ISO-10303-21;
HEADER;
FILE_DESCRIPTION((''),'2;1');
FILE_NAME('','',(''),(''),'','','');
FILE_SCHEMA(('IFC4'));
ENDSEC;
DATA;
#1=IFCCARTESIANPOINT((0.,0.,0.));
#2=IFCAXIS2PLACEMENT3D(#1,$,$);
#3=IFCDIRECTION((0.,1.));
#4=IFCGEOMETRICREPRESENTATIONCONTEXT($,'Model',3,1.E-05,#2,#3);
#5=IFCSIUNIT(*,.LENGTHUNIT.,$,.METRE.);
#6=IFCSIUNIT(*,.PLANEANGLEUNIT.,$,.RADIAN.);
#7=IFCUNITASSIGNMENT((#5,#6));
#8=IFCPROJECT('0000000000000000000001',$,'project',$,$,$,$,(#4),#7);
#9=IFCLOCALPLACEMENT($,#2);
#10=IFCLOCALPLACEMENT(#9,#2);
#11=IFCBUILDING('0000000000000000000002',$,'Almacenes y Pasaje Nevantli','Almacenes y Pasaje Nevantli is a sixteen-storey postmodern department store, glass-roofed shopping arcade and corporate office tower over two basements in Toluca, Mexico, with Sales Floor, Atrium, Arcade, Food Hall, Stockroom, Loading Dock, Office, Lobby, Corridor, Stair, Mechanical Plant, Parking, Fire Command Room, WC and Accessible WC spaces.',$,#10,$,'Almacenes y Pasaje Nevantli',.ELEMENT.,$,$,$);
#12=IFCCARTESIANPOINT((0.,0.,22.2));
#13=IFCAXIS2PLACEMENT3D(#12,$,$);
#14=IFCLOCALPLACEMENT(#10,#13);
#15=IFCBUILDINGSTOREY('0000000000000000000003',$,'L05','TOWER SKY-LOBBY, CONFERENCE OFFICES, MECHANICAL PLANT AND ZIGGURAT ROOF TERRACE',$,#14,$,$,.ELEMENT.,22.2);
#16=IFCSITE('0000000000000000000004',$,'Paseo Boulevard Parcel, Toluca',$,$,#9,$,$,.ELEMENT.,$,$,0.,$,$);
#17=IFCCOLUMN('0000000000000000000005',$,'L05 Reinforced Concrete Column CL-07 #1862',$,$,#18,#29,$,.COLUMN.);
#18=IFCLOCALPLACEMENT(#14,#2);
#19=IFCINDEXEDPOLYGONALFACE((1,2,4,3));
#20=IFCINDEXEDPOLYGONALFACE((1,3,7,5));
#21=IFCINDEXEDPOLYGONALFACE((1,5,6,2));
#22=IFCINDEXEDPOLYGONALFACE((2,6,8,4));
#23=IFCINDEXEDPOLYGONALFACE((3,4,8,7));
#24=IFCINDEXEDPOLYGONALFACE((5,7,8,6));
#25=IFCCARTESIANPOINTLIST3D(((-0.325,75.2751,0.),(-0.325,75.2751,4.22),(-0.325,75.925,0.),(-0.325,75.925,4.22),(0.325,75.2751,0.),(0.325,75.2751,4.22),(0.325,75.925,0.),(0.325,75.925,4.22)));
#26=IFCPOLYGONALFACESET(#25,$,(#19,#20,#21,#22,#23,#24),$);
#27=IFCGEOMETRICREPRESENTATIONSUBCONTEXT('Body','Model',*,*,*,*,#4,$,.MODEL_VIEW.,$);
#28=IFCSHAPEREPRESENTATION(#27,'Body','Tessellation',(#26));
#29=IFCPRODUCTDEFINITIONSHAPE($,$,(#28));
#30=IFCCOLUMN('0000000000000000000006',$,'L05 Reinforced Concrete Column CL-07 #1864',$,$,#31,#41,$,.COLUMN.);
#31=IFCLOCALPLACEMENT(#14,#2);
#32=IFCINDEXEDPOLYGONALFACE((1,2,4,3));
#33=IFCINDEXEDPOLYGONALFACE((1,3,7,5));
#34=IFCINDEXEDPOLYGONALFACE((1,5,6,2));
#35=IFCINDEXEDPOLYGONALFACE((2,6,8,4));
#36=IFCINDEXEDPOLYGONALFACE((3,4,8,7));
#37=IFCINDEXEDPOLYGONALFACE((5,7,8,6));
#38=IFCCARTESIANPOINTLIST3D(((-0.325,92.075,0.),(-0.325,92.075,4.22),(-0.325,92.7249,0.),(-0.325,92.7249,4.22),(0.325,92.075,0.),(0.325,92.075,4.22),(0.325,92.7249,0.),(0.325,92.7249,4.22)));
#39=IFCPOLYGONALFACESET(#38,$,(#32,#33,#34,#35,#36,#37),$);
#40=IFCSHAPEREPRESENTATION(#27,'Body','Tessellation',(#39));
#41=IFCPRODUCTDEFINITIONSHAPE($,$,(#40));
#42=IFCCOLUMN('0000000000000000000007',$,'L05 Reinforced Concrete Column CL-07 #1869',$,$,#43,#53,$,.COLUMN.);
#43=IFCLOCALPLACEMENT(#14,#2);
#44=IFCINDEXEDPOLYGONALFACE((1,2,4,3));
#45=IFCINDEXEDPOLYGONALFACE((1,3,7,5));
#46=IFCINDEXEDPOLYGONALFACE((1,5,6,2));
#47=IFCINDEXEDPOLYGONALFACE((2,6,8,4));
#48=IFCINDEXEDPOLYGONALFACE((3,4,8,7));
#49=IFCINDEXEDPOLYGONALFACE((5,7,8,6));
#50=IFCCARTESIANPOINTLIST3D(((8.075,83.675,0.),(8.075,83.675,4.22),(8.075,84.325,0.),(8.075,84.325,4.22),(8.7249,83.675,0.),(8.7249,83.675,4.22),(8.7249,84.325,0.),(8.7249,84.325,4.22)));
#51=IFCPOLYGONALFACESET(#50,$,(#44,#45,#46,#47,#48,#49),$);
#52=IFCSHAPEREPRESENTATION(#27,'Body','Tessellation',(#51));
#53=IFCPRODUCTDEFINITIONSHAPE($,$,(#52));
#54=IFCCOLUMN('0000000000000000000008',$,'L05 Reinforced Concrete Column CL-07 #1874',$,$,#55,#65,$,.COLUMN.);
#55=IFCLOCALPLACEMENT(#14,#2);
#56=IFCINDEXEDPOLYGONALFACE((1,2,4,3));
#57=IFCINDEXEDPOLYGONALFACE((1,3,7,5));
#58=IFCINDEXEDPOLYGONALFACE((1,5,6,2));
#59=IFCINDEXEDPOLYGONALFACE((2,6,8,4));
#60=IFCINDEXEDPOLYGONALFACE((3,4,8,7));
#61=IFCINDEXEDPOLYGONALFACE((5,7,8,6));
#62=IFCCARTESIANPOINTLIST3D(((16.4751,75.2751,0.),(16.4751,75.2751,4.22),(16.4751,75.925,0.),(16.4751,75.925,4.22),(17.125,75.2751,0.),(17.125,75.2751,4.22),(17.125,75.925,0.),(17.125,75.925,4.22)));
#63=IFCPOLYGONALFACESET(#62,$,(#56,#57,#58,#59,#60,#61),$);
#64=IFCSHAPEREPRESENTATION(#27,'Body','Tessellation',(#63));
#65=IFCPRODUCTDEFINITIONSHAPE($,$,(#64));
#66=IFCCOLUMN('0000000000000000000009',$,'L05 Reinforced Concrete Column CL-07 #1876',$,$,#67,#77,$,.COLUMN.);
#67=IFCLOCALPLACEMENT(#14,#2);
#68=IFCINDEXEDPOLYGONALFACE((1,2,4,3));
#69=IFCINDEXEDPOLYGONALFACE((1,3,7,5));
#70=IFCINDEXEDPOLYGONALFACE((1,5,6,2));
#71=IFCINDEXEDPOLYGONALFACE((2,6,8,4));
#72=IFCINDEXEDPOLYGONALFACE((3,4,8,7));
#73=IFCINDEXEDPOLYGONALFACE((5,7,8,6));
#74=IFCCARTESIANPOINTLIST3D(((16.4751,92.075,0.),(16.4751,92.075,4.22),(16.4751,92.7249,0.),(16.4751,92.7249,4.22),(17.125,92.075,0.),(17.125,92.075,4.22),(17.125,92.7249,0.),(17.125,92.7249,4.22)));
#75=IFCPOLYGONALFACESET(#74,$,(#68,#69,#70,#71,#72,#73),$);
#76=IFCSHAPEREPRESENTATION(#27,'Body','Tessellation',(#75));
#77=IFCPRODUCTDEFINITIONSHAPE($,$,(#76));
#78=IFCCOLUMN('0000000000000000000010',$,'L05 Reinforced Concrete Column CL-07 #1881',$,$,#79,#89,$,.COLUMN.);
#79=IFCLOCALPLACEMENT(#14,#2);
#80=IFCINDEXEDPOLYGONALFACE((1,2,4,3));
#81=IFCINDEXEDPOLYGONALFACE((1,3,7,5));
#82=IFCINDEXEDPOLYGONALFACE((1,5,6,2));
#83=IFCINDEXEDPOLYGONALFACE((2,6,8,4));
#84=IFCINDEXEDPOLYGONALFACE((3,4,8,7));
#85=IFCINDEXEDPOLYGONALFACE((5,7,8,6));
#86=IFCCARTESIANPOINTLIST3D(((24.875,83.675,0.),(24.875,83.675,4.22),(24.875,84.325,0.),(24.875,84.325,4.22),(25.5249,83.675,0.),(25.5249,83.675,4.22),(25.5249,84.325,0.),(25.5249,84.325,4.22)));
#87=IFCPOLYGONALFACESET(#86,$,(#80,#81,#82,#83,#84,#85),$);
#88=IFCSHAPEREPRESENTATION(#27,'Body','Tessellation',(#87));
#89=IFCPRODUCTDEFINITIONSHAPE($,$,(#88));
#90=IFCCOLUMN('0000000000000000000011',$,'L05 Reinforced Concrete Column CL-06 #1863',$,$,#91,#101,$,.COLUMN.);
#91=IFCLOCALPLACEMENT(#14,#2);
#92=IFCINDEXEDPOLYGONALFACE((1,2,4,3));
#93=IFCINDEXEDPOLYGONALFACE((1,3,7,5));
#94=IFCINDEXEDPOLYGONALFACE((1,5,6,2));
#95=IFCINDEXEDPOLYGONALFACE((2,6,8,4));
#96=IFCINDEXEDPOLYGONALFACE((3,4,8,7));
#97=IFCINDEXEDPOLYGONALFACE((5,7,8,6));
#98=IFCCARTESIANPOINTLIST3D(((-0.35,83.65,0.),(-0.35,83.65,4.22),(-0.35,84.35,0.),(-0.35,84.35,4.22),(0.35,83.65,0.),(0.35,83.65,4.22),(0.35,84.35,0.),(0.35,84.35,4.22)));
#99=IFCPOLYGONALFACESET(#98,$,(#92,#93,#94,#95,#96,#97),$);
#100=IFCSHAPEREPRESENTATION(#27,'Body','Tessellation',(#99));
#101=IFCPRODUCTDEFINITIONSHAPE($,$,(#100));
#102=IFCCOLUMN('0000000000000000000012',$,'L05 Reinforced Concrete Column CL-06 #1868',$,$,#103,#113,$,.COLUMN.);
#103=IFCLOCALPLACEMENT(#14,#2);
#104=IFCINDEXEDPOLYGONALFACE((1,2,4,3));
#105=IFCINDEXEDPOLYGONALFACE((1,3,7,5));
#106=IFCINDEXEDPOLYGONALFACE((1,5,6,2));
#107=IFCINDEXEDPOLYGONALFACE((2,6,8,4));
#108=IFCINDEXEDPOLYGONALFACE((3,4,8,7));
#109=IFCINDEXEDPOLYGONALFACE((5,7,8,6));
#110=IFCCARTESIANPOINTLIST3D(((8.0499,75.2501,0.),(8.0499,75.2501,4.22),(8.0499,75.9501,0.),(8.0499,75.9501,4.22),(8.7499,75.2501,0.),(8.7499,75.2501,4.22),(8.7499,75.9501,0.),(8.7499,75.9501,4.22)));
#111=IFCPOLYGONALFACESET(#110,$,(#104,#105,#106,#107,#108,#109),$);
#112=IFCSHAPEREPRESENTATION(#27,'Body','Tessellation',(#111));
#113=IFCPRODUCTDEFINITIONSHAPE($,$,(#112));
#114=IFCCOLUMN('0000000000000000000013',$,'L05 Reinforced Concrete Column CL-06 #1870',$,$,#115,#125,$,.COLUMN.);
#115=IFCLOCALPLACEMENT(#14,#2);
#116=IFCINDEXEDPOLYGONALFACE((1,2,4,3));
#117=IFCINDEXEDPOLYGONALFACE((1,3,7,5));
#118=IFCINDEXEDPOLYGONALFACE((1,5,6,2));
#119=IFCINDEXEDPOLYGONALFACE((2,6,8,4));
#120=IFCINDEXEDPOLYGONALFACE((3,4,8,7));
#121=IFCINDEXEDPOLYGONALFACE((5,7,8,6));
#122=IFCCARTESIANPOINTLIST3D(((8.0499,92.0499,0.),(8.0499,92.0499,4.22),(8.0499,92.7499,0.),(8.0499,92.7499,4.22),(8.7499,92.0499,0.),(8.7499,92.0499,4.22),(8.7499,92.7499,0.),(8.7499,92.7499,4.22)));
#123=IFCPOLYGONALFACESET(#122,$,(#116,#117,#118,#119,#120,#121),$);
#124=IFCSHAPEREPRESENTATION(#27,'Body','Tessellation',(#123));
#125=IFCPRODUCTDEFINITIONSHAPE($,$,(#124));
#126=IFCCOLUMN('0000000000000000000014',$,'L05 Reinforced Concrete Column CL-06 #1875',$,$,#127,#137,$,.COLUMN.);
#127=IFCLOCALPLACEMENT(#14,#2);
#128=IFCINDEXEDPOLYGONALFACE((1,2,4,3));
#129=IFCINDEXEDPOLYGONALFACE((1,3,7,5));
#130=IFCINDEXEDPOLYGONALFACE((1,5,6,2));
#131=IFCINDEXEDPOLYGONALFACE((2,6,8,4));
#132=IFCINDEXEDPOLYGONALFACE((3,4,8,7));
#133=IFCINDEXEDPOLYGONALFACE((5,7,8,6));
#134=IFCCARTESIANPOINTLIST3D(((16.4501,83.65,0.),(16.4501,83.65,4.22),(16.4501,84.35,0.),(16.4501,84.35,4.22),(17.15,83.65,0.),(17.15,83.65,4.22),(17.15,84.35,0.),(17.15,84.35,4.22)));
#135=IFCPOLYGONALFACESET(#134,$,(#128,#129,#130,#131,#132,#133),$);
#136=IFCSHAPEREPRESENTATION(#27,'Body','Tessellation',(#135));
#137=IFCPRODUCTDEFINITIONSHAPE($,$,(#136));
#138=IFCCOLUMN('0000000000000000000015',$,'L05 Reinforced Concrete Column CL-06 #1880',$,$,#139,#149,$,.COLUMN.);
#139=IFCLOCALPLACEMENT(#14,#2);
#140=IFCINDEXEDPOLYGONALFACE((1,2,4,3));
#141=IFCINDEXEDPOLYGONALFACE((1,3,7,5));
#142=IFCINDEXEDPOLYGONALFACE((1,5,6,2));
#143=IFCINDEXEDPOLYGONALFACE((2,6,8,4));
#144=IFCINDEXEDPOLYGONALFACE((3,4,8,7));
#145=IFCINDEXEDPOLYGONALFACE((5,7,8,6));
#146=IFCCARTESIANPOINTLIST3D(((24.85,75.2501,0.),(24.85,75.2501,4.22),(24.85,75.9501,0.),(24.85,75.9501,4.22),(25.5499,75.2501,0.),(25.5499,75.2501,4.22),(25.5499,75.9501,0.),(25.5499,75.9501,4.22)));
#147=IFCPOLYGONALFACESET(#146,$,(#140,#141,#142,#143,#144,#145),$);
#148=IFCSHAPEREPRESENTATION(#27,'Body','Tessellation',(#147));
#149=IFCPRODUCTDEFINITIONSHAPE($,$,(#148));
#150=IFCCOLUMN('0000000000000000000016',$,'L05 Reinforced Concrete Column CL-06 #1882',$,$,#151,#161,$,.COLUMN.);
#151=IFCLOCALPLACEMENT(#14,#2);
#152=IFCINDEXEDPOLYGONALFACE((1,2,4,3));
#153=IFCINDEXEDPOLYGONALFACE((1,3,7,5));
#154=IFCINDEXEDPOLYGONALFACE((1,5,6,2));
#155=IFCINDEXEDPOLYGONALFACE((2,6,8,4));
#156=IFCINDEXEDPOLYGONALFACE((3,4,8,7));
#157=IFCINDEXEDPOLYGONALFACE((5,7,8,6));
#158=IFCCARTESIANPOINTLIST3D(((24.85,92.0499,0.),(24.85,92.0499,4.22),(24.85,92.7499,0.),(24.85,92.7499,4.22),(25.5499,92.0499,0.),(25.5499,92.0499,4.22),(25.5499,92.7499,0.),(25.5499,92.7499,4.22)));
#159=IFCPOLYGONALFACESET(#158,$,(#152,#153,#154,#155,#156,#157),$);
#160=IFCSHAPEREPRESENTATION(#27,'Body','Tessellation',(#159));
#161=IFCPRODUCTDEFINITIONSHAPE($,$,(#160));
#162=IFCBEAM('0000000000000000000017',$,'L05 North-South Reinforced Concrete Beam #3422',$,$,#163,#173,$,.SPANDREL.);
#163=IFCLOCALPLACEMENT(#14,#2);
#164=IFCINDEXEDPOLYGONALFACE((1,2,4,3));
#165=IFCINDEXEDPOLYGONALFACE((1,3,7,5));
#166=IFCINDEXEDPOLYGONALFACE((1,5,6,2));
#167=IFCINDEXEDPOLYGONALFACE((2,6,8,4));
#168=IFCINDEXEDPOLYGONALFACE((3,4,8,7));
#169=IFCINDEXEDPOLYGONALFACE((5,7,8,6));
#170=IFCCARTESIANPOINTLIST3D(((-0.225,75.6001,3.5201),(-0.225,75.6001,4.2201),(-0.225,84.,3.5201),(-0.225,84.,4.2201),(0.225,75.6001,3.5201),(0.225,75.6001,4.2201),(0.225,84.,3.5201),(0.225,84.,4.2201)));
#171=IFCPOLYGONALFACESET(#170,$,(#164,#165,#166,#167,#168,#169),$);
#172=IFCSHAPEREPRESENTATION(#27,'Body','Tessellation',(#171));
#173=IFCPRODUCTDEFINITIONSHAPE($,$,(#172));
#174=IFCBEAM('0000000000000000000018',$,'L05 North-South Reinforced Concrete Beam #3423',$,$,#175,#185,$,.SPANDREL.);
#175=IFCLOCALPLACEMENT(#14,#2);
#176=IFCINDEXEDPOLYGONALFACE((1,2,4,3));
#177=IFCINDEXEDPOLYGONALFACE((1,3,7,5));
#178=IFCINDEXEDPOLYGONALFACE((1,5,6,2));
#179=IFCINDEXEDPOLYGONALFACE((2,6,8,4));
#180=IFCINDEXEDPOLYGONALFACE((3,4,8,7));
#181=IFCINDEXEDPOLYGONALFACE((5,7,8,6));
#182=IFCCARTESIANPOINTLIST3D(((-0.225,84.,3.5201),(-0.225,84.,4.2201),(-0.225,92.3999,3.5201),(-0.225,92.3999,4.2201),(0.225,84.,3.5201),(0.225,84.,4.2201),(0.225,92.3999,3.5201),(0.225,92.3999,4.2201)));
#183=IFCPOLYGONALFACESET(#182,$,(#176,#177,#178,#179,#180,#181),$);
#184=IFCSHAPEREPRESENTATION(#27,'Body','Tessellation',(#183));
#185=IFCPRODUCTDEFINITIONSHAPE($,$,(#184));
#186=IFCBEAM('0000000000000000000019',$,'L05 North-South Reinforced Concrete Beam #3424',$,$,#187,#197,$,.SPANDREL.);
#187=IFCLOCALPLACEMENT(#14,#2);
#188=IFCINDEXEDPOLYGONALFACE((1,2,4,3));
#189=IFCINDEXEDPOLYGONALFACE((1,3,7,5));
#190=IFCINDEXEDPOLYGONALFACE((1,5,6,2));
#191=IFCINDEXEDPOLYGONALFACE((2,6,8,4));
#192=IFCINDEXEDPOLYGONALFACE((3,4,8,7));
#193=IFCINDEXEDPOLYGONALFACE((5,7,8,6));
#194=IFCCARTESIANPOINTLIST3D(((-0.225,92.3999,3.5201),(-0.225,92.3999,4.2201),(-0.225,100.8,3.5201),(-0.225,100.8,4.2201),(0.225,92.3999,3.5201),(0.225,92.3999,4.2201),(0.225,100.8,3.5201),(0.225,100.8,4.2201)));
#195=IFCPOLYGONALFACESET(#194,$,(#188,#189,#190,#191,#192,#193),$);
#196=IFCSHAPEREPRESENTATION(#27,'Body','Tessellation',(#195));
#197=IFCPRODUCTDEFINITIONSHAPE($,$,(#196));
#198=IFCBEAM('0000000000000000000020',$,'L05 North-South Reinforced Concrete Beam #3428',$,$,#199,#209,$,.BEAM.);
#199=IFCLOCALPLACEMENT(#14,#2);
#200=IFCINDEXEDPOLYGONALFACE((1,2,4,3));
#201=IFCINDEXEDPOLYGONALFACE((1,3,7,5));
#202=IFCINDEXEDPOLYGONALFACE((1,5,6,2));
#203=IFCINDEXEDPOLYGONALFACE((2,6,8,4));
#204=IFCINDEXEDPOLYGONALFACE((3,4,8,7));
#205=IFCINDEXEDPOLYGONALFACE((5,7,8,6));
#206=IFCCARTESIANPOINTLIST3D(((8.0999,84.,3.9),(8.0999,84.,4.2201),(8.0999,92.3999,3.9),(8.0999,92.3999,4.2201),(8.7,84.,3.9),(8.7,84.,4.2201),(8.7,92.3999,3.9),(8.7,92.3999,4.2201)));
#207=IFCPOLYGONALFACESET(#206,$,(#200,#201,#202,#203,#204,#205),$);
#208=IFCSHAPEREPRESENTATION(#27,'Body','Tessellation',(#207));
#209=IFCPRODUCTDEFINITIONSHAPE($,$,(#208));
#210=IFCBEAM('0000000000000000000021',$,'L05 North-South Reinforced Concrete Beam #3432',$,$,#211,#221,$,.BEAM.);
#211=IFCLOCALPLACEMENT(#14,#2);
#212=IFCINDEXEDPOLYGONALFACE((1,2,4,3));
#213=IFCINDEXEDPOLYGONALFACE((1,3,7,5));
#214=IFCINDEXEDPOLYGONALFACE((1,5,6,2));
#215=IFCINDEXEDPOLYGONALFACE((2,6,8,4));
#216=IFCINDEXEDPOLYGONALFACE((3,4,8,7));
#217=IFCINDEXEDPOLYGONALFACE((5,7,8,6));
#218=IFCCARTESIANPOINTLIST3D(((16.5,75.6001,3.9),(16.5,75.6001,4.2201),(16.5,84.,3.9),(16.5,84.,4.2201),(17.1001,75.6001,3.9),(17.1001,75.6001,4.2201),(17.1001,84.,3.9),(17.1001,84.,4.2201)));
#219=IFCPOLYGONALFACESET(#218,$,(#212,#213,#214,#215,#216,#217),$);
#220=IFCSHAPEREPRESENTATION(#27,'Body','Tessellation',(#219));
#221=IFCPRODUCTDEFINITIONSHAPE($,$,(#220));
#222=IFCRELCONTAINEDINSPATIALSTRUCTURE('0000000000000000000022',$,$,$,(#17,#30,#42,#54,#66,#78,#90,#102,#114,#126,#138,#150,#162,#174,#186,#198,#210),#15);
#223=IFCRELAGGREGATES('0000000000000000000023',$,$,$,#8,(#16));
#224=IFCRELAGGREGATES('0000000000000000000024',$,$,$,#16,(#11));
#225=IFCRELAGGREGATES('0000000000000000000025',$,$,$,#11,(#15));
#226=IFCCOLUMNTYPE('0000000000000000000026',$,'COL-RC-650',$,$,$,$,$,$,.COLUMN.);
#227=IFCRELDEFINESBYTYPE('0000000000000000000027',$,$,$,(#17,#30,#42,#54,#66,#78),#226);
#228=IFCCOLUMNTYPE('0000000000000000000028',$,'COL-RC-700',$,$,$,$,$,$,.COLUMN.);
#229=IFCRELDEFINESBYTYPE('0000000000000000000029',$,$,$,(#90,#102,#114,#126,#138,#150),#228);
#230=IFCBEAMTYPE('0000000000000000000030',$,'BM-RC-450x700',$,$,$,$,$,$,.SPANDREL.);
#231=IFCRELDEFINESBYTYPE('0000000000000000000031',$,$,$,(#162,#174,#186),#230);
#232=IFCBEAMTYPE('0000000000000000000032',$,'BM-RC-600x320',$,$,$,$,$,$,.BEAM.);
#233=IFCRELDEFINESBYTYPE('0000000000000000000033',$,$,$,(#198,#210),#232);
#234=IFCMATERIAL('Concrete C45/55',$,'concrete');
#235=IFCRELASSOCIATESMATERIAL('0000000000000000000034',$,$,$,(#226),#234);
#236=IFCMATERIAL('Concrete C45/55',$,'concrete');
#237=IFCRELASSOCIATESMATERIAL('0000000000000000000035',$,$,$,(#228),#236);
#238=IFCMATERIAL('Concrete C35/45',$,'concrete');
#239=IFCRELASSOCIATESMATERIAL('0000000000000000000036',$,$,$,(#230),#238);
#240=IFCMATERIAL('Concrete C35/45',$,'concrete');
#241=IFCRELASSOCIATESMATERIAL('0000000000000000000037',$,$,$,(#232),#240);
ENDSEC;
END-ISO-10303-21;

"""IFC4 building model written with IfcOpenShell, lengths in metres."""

from ifc_helpers import new_model, si_unit, direction, frame, origin, origin_2d, place, context, subcontext, project, spatial, rectangle, extrude, material, material_profile, profile_set, type_object, element, save


model = new_model("IFC4")

# Units and contexts
model_context = context("Model", 3, precision=1e-05, world=origin(), true_north=direction((0.0, 1.0)))
body_context = subcontext(model_context, "Body", "Model", "MODEL_VIEW")
ifc_project = project(units=[si_unit("LENGTHUNIT", "METRE"), si_unit("PLANEANGLEUNIT", "RADIAN")], contexts=[model_context])

# Site, building, storey
site_placement = place(None, origin())
site = spatial("IfcSite", under=ifc_project, at=site_placement, Name="Paseo Boulevard Parcel, Toluca", CompositionType="ELEMENT", RefElevation=0.0)
building_placement = place(site_placement, origin())
building = spatial("IfcBuilding", under=site, at=building_placement, Name="Almacenes y Pasaje Nevantli", Description="Almacenes y Pasaje Nevantli is a sixteen-storey postmodern department store, glass-roofed shopping arcade and corporate office tower over two basements in Toluca, Mexico, with Sales Floor, Atrium, Arcade, Food Hall, Stockroom, Loading Dock, Office, Lobby, Corridor, Stair, Mechanical Plant, Parking, Fire Command Room, WC and Accessible WC spaces.", LongName="Almacenes y Pasaje Nevantli", CompositionType="ELEMENT")
storey_placement = place(building_placement, frame((0.0, 0.0, 22.2)))
storey = spatial("IfcBuildingStorey", under=building, at=storey_placement, Name="L05", Description="TOWER SKY-LOBBY, CONFERENCE OFFICES, MECHANICAL PLANT AND ZIGGURAT ROOF TERRACE", CompositionType="ELEMENT", Elevation=22.2)

# Columns
ifc_material_1 = material(Name="Concrete C45/55", Category="concrete")
ifc_material_profile_1 = material_profile(ifc_material_1, rectangle(XDim=0.6499, YDim=0.6499, at=origin_2d()), Name="RC-COL-650x650")
ifc_profile_set_1 = profile_set([ifc_material_profile_1], Name="Concrete C45/55")
column_type_1 = type_object("IfcColumnType", Name="COL-RC-650", PredefinedType="COLUMN", material=ifc_profile_set_1)
for number, where, z_axis, x_axis, name in (
    (1, (0.0, 75.6001, 0.0), (0.0, 0.0, 1.0), (1.0, 0.0, 0.0), "L05 Reinforced Concrete Column CL-07 #1862"),
    (2, (0.0, 92.3999, 0.0), (0.0, 0.0, 1.0), (1.0, 0.0, 0.0), "L05 Reinforced Concrete Column CL-07 #1864"),
    (3, (8.3999, 84.0, 0.0), (0.0, 0.0, 1.0), (1.0, 0.0, 0.0), "L05 Reinforced Concrete Column CL-07 #1869"),
    (4, (16.8, 75.6001, 0.0), (0.0, 0.0, 1.0), (1.0, 0.0, 0.0), "L05 Reinforced Concrete Column CL-07 #1874"),
    (5, (16.8, 92.3999, 0.0), (0.0, 0.0, 1.0), (1.0, 0.0, 0.0), "L05 Reinforced Concrete Column CL-07 #1876"),
    (6, (25.2, 84.0, 0.0), (0.0, 0.0, 1.0), (1.0, 0.0, 0.0), "L05 Reinforced Concrete Column CL-07 #1881"),
):
    element("IfcColumn", number, at=place(storey_placement, frame(where, z_axis=z_axis, x_axis=x_axis)), inside=storey, type_object=column_type_1, Name=name, PredefinedType="COLUMN", context=body_context, shape_type="SweptSolid", body=[
        extrude(rectangle(XDim=0.6499, YDim=0.6499, at=origin_2d()), origin(), (0.0, 0.0, 1.0), 4.22),
    ])
ifc_material_2 = material(Name="Concrete C45/55", Category="concrete")
ifc_material_profile_2 = material_profile(ifc_material_2, rectangle(XDim=0.7, YDim=0.7, at=origin_2d()), Name="RC-COL-700x700")
ifc_profile_set_2 = profile_set([ifc_material_profile_2], Name="Concrete C45/55")
column_type_2 = type_object("IfcColumnType", Name="COL-RC-700", PredefinedType="COLUMN", material=ifc_profile_set_2)
for number, where, z_axis, x_axis, name in (
    (7, (0.0, 84.0, 0.0), (0.0, 0.0, 1.0), (1.0, 0.0, 0.0), "L05 Reinforced Concrete Column CL-06 #1863"),
    (8, (8.3999, 75.6001, 0.0), (0.0, 0.0, 1.0), (1.0, 0.0, 0.0), "L05 Reinforced Concrete Column CL-06 #1868"),
    (9, (8.3999, 92.3999, 0.0), (0.0, 0.0, 1.0), (1.0, 0.0, 0.0), "L05 Reinforced Concrete Column CL-06 #1870"),
    (10, (16.8, 84.0, 0.0), (0.0, 0.0, 1.0), (1.0, 0.0, 0.0), "L05 Reinforced Concrete Column CL-06 #1875"),
    (11, (25.2, 75.6001, 0.0), (0.0, 0.0, 1.0), (1.0, 0.0, 0.0), "L05 Reinforced Concrete Column CL-06 #1880"),
    (12, (25.2, 92.3999, 0.0), (0.0, 0.0, 1.0), (1.0, 0.0, 0.0), "L05 Reinforced Concrete Column CL-06 #1882"),
):
    element("IfcColumn", number, at=place(storey_placement, frame(where, z_axis=z_axis, x_axis=x_axis)), inside=storey, type_object=column_type_2, Name=name, PredefinedType="COLUMN", context=body_context, shape_type="SweptSolid", body=[
        extrude(rectangle(XDim=0.7, YDim=0.7, at=origin_2d()), origin(), (0.0, 0.0, 1.0), 4.22),
    ])

# Beams
ifc_material_3 = material(Name="Concrete C35/45", Category="concrete")
ifc_material_profile_3 = material_profile(ifc_material_3, rectangle(XDim=0.45, YDim=0.7, at=origin_2d()), Name="RC-BM-450x700")
ifc_profile_set_3 = profile_set([ifc_material_profile_3], Name="Concrete C35/45")
beam_type_1 = type_object("IfcBeamType", Name="BM-RC-450x700", PredefinedType="SPANDREL", material=ifc_profile_set_3)
for number, where, z_axis, x_axis, name in (
    (13, (0.0, 75.6001, 3.8701), (0.0, 1.0, 0.0), (-1.0, 0.0, 0.0), "L05 North-South Reinforced Concrete Beam #3422"),
    (14, (0.0, 84.0, 3.8701), (0.0, 1.0, 0.0), (-1.0, 0.0, 0.0), "L05 North-South Reinforced Concrete Beam #3423"),
):
    element("IfcBeam", number, at=place(storey_placement, frame(where, z_axis=z_axis, x_axis=x_axis)), inside=storey, type_object=beam_type_1, Name=name, PredefinedType="SPANDREL", context=body_context, shape_type="SweptSolid", body=[
        extrude(rectangle(XDim=0.45, YDim=0.7, at=origin_2d()), origin(), (0.0, 0.0, 1.0), 8.3999),
    ])
beam_1_placement = place(storey_placement, frame((0.0, 92.3999, 3.8701), z_axis=(0.0, 1.0, 0.0), x_axis=(-1.0, 0.0, 0.0)))
element("IfcBeam", 15, at=beam_1_placement, inside=storey, type_object=beam_type_1, Name="L05 North-South Reinforced Concrete Beam #3424", PredefinedType="SPANDREL", context=body_context, shape_type="SweptSolid", body=[
    extrude(rectangle(XDim=0.45, YDim=0.7, at=origin_2d()), origin(), (0.0, 0.0, 1.0), 8.4001),
])
ifc_material_4 = material(Name="Concrete C35/45", Category="concrete")
ifc_material_profile_4 = material_profile(ifc_material_4, rectangle(XDim=0.6001, YDim=0.3201, at=origin_2d()), Name="RC-BM-600x320")
ifc_profile_set_4 = profile_set([ifc_material_profile_4], Name="Concrete C35/45")
beam_type_2 = type_object("IfcBeamType", Name="BM-RC-600x320", PredefinedType="BEAM", material=ifc_profile_set_4)
for number, where, z_axis, x_axis, name in (
    (16, (8.3999, 84.0, 4.0601), (0.0, 1.0, 0.0), (-1.0, 0.0, 0.0), "L05 North-South Reinforced Concrete Beam #3428"),
    (17, (16.8, 75.6001, 4.0601), (0.0, 1.0, 0.0), (-1.0, 0.0, 0.0), "L05 North-South Reinforced Concrete Beam #3432"),
):
    element("IfcBeam", number, at=place(storey_placement, frame(where, z_axis=z_axis, x_axis=x_axis)), inside=storey, type_object=beam_type_2, Name=name, PredefinedType="BEAM", context=body_context, shape_type="SweptSolid", body=[
        extrude(rectangle(XDim=0.6001, YDim=0.3201, at=origin_2d()), origin(), (0.0, 0.0, 1.0), 8.3999),
    ])

save(model, "model.ifc")
